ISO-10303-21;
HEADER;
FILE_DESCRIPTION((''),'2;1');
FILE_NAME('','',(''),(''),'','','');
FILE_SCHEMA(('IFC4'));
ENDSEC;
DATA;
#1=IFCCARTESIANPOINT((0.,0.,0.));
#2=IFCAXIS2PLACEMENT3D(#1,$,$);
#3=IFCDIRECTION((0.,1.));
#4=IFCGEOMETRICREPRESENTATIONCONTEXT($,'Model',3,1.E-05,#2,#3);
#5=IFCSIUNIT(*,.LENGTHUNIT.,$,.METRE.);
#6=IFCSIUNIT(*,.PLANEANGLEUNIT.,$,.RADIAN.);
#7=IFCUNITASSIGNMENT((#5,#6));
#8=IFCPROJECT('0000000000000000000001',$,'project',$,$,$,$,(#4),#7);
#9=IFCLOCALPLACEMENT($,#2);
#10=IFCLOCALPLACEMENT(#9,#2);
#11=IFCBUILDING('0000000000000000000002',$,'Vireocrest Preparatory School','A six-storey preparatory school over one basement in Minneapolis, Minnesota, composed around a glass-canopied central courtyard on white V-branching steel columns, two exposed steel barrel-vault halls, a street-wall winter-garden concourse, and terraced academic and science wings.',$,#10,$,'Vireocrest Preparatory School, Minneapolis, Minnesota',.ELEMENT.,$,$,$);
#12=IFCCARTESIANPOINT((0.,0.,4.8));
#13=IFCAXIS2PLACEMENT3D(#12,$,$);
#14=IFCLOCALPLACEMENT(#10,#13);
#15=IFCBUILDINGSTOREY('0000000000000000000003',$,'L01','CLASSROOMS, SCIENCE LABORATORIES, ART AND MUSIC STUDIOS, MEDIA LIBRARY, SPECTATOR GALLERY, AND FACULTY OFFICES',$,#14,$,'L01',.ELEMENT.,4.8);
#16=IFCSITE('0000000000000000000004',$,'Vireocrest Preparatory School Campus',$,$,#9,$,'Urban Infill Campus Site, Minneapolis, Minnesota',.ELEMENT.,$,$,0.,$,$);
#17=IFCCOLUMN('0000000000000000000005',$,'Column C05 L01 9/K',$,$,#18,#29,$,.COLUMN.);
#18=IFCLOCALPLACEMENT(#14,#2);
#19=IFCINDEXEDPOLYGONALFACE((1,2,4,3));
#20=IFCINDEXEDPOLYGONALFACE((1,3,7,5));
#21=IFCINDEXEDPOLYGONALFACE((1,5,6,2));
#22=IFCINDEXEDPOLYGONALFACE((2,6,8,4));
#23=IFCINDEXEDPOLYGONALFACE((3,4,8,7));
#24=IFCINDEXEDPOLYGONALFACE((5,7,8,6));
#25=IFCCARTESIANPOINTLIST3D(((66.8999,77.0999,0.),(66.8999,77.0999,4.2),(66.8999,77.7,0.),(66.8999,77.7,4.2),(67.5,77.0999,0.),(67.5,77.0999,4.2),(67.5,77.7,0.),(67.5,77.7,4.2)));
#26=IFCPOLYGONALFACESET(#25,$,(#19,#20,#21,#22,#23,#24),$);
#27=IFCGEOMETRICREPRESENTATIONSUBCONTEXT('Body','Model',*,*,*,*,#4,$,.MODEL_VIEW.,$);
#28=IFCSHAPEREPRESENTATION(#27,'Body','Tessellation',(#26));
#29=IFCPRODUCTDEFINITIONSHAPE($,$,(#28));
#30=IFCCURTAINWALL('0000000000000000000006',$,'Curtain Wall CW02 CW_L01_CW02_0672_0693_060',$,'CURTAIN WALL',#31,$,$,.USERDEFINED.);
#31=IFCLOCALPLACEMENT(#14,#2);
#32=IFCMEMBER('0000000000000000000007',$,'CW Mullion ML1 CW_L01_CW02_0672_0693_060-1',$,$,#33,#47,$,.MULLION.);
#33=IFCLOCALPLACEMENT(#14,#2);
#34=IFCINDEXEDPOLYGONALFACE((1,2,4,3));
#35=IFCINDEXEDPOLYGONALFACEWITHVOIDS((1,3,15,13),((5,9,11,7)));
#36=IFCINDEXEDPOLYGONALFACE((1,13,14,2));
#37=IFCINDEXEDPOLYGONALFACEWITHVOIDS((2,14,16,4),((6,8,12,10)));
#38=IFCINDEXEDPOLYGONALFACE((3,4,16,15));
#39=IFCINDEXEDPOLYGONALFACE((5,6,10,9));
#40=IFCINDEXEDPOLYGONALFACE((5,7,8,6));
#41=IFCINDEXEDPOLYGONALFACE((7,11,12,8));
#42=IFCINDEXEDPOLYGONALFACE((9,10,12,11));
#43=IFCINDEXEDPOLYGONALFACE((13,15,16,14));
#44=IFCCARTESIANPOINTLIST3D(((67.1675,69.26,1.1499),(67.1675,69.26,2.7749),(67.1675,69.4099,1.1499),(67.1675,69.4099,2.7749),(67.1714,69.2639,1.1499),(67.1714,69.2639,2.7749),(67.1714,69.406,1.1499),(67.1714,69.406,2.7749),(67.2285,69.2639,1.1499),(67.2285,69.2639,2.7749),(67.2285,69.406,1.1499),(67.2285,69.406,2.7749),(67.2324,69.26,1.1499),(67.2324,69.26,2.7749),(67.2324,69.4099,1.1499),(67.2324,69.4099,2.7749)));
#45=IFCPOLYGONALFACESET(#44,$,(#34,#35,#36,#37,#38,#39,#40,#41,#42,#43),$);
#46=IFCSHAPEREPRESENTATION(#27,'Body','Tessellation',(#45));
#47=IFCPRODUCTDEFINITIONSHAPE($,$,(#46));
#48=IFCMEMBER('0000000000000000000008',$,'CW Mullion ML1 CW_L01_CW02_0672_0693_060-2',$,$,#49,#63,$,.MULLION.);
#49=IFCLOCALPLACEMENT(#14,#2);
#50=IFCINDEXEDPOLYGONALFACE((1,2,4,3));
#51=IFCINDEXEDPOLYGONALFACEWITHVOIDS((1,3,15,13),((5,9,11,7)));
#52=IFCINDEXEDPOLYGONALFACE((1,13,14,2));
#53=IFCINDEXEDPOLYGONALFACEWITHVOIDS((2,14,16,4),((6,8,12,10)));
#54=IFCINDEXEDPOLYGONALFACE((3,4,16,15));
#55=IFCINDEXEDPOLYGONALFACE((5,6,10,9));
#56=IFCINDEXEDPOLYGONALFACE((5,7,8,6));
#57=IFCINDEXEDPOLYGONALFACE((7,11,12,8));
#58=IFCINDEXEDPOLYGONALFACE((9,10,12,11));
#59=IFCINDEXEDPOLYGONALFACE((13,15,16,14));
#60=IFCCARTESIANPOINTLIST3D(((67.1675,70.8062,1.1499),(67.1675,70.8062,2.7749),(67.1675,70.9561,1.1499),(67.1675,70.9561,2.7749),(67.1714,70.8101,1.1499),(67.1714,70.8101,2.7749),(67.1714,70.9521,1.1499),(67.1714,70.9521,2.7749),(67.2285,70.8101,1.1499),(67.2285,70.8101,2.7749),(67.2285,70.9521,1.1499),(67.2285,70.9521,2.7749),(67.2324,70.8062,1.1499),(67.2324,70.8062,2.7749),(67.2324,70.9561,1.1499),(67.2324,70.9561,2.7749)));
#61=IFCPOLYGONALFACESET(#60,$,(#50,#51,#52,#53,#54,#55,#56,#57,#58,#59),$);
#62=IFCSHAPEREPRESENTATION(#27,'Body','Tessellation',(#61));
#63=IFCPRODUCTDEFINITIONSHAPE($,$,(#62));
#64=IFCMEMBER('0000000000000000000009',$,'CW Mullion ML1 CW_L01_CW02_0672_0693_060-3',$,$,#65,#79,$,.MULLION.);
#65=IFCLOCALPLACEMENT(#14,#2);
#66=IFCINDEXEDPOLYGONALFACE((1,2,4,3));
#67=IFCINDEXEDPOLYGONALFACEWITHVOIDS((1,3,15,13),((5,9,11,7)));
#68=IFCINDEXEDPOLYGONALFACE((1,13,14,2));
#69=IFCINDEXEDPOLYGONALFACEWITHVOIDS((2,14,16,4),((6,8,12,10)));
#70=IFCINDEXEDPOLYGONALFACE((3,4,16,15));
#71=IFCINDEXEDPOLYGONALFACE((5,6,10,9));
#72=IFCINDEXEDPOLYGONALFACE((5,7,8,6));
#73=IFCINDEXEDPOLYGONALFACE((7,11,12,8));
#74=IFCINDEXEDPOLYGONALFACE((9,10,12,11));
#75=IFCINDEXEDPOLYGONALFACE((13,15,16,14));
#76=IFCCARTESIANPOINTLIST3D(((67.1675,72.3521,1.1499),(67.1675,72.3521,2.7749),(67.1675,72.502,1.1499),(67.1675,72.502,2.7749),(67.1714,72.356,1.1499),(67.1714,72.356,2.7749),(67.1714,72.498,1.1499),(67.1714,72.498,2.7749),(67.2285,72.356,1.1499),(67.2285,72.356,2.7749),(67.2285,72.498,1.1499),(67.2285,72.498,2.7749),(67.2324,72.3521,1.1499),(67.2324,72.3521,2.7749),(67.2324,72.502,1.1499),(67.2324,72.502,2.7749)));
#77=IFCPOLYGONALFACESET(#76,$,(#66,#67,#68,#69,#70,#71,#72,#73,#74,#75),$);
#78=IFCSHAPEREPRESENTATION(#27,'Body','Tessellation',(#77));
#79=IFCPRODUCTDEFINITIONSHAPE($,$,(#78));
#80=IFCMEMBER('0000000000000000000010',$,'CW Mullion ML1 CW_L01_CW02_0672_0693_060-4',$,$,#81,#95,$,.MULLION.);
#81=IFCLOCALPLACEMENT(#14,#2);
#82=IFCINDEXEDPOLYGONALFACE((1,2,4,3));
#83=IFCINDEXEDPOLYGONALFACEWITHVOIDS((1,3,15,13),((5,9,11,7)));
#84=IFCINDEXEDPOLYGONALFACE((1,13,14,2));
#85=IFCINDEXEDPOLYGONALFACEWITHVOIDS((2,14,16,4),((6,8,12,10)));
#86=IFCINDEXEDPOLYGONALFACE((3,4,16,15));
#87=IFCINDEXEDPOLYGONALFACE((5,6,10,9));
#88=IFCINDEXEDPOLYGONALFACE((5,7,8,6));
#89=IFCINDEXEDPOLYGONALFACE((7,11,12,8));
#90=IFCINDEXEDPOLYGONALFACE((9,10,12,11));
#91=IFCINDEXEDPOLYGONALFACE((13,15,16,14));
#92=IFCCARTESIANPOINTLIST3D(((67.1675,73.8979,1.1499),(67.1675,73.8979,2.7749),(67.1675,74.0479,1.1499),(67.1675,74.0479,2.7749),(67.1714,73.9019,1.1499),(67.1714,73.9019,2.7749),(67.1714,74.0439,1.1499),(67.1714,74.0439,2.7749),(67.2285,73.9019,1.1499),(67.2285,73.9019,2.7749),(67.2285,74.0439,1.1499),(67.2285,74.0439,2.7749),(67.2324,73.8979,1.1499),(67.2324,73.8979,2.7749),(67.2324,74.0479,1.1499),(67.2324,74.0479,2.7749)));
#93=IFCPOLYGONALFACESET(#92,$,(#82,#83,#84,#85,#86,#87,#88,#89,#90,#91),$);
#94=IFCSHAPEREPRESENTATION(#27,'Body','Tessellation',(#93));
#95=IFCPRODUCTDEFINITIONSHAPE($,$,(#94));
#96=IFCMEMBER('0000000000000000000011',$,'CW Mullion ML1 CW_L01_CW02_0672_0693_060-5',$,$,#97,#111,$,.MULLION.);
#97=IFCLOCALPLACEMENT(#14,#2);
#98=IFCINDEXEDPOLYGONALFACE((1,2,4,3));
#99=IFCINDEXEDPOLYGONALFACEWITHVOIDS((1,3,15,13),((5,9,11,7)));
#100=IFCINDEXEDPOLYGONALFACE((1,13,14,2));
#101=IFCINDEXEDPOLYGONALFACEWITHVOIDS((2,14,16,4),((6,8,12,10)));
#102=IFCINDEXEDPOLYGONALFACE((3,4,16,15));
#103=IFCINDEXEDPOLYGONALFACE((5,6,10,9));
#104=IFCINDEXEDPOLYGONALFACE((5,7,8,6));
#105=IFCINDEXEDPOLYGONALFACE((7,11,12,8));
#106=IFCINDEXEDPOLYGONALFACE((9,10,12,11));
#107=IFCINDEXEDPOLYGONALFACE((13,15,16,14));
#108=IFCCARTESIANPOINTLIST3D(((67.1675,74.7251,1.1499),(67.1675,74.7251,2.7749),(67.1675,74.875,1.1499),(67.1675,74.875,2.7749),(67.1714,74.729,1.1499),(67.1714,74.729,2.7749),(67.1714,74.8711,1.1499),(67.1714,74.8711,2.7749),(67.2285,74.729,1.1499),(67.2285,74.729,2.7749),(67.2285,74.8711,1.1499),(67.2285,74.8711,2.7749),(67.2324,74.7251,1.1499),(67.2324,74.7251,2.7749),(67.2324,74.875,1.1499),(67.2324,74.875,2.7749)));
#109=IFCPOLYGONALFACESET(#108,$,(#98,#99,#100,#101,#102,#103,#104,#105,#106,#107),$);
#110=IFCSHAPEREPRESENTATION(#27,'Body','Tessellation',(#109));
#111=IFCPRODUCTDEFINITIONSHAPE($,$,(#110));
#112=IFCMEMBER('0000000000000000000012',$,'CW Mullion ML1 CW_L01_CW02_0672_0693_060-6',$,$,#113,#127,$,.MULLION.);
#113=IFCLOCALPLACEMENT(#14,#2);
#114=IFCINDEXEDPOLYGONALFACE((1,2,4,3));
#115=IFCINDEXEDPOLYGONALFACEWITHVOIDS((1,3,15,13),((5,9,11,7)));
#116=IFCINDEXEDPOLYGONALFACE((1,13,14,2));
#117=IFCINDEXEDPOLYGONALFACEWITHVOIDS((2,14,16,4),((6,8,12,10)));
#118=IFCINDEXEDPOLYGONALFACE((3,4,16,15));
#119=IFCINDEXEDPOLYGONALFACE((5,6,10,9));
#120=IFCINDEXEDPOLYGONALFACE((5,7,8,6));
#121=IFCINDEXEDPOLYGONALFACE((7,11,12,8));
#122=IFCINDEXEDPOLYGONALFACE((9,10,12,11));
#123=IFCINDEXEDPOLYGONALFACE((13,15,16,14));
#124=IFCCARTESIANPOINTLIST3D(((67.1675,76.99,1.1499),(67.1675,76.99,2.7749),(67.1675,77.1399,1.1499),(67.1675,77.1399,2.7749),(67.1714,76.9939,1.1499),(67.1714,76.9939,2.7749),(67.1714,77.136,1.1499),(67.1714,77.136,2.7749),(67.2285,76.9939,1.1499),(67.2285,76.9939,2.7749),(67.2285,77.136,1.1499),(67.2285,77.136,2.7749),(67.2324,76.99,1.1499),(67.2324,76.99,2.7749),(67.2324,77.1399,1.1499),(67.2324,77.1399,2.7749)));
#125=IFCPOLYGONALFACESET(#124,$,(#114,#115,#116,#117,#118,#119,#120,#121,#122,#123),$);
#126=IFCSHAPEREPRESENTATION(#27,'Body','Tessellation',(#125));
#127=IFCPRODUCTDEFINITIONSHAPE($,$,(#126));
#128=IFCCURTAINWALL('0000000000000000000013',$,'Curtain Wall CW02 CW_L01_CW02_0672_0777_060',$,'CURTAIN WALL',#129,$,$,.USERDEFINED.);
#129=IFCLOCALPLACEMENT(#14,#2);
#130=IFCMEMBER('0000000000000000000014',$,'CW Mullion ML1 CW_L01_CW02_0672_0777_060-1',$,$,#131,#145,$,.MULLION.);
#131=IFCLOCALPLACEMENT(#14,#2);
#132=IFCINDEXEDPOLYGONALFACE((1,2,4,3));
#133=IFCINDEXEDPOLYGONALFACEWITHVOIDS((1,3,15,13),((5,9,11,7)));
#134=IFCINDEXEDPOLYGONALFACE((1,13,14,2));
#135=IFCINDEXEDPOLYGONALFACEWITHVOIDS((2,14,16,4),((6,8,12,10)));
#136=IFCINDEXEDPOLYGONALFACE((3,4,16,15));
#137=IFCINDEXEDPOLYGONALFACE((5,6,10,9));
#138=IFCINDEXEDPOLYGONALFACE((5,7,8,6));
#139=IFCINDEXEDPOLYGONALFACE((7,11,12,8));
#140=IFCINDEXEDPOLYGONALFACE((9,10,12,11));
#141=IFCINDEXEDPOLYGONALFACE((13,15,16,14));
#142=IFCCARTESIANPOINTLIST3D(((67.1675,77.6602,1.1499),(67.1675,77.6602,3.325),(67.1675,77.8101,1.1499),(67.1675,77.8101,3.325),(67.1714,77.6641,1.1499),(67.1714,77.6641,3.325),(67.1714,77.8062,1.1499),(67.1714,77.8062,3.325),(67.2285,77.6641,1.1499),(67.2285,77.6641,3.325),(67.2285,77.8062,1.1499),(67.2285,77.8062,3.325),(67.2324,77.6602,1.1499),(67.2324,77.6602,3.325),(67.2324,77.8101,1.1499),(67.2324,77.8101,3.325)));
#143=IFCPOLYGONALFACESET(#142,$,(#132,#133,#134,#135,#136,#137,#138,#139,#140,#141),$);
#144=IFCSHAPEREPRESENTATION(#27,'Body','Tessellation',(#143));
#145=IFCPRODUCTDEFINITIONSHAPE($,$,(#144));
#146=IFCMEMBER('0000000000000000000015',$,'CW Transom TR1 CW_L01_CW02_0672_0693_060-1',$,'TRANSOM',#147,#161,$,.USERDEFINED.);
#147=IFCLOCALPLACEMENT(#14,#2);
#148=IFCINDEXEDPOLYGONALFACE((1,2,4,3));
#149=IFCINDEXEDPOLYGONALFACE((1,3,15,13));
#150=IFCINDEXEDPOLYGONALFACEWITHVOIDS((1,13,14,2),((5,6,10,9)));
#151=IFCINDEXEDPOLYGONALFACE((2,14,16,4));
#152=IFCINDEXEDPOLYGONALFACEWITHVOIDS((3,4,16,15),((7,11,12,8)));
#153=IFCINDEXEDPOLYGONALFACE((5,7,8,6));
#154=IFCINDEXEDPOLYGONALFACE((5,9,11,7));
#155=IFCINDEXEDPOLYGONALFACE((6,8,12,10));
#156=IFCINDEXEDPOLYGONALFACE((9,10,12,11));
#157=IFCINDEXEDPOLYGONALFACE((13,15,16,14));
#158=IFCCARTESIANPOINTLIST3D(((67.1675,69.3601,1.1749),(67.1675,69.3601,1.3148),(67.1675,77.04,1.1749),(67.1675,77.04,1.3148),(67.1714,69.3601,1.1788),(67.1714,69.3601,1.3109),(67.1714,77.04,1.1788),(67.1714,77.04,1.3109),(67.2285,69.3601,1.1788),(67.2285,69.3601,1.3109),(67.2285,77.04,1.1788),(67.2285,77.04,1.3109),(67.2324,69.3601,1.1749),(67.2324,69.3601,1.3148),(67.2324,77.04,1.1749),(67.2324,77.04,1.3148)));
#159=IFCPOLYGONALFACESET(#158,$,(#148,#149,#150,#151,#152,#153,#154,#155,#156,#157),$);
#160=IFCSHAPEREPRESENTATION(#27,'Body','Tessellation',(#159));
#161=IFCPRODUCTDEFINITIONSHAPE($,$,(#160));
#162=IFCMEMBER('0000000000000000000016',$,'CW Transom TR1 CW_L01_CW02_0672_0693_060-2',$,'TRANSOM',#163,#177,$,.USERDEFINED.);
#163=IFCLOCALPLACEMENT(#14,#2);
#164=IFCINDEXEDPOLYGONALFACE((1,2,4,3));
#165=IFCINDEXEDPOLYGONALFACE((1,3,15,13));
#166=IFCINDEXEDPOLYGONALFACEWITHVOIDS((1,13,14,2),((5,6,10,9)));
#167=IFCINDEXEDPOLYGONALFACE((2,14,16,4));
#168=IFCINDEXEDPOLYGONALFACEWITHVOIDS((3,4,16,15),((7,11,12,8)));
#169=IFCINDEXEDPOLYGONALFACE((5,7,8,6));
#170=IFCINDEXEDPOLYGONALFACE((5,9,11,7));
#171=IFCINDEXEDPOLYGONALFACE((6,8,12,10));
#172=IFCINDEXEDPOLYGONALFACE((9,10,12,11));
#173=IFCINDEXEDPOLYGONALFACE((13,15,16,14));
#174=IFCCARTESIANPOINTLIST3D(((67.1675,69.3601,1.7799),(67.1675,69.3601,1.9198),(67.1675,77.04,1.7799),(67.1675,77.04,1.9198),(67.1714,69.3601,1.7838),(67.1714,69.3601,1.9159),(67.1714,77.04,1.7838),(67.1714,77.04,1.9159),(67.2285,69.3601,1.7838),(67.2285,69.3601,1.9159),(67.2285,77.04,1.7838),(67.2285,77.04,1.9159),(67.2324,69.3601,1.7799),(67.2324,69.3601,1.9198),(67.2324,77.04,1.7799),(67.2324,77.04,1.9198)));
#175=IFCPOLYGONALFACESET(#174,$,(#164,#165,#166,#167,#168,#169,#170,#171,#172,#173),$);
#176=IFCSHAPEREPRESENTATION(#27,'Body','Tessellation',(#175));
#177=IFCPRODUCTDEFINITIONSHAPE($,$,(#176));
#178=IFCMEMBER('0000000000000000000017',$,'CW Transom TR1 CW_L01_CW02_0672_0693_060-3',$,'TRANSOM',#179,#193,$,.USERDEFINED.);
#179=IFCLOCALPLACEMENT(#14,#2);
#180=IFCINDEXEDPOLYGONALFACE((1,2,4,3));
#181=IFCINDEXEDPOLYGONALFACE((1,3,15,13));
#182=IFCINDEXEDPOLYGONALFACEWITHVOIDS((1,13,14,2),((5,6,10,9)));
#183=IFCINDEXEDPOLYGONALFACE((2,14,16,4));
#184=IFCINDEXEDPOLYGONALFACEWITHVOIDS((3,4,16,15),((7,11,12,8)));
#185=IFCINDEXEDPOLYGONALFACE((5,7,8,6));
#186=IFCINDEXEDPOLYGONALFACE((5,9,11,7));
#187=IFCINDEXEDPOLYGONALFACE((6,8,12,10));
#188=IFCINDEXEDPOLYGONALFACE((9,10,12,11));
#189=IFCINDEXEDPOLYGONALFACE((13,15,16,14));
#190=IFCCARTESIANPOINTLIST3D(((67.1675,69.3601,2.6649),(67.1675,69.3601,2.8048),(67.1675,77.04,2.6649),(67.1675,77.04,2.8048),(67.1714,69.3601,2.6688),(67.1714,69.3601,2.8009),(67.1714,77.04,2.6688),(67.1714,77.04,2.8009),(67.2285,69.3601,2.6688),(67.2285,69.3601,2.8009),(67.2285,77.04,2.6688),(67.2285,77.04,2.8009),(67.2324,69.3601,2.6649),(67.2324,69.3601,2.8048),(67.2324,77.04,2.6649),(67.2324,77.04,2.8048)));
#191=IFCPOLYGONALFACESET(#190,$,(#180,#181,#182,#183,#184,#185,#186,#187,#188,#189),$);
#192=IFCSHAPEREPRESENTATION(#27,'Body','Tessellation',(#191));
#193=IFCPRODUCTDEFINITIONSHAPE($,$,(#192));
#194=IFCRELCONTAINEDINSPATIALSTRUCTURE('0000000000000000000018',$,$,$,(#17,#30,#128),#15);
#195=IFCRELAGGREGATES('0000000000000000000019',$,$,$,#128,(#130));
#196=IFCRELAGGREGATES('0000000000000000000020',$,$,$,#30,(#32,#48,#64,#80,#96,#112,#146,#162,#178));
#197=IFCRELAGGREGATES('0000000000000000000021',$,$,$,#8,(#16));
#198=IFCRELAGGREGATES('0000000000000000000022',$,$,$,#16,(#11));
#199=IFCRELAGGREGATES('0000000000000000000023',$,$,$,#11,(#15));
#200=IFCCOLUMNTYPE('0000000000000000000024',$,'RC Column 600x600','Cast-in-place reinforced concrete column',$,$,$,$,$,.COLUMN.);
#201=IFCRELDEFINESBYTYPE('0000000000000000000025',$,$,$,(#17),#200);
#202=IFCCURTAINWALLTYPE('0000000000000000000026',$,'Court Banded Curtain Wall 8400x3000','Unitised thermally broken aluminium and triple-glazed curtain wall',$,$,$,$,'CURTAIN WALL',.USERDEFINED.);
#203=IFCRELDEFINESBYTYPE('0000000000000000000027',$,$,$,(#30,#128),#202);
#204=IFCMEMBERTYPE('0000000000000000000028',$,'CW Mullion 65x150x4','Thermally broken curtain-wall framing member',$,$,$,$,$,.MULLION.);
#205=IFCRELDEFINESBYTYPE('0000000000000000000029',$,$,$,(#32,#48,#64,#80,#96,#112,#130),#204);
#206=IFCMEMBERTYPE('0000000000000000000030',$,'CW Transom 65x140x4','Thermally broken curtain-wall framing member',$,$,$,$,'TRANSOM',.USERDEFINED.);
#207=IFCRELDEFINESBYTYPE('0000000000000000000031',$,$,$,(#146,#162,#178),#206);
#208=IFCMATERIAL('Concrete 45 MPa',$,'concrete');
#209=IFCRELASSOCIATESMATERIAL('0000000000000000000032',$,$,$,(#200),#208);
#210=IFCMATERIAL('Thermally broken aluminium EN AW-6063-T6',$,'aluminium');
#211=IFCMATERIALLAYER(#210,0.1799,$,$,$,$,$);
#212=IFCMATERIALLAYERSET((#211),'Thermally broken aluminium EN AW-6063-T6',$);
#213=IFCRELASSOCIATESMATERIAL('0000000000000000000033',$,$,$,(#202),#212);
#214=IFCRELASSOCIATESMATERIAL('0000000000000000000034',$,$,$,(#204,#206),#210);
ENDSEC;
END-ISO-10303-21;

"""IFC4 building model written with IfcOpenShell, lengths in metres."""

from ifc_helpers import new_model, si_unit, direction, frame, origin, origin_2d, place, context, subcontext, project, spatial, rectangle, hollow_rectangle, extrude, material, layer, layer_set, material_profile, profile_set, type_object, element, aggregate, save


model = new_model("IFC4")

# Units and contexts
model_context = context("Model", 3, precision=1e-05, world=origin(), true_north=direction((0.0, 1.0)))
body_context = subcontext(model_context, "Body", "Model", "MODEL_VIEW")
ifc_project = project(units=[si_unit("LENGTHUNIT", "METRE"), si_unit("PLANEANGLEUNIT", "RADIAN")], contexts=[model_context])

# Site, building, storey
site_placement = place(None, origin())
site = spatial("IfcSite", under=ifc_project, at=site_placement, Name="Vireocrest Preparatory School Campus", LongName="Urban Infill Campus Site, Minneapolis, Minnesota", CompositionType="ELEMENT", RefElevation=0.0)
building_placement = place(site_placement, origin())
building = spatial("IfcBuilding", under=site, at=building_placement, Name="Vireocrest Preparatory School", Description="A six-storey preparatory school over one basement in Minneapolis, Minnesota, composed around a glass-canopied central courtyard on white V-branching steel columns, two exposed steel barrel-vault halls, a street-wall winter-garden concourse, and terraced academic and science wings.", LongName="Vireocrest Preparatory School, Minneapolis, Minnesota", CompositionType="ELEMENT")
storey_placement = place(building_placement, frame((0.0, 0.0, 4.8)))
storey = spatial("IfcBuildingStorey", under=building, at=storey_placement, Name="L01", Description="CLASSROOMS, SCIENCE LABORATORIES, ART AND MUSIC STUDIOS, MEDIA LIBRARY, SPECTATOR GALLERY, AND FACULTY OFFICES", LongName="L01", CompositionType="ELEMENT", Elevation=4.8)

# Column
ifc_material_1 = material(Name="Concrete 45 MPa", Category="concrete")
ifc_material_profile_1 = material_profile(ifc_material_1, rectangle(XDim=0.6001, YDim=0.6001, at=origin_2d()), Name="RC 600x600")
ifc_profile_set_1 = profile_set([ifc_material_profile_1], Name="Concrete 45 MPa")
column_type = type_object("IfcColumnType", Name="RC Column 600x600", Description="Cast-in-place reinforced concrete column", PredefinedType="COLUMN", material=ifc_profile_set_1)
column_placement = place(storey_placement, frame((67.2, 77.3999, 0.0), z_axis=(0.0, 0.0, 1.0), x_axis=(1.0, 0.0, 0.0)))
element("IfcColumn", 1, at=column_placement, inside=storey, type_object=column_type, Name="Column C05 L01 9/K", PredefinedType="COLUMN", context=body_context, shape_type="SweptSolid", body=[
    extrude(rectangle(XDim=0.6001, YDim=0.6001, at=origin_2d()), origin(), (0.0, 0.0, 1.0), 4.2),
])

# Curtain wall, members
ifc_material_2 = material(Name="Thermally broken aluminium EN AW-6063-T6", Category="aluminium")
ifc_layer_1 = layer(ifc_material_2, 0.1799)
ifc_layer_set_1 = layer_set([ifc_layer_1], Name="Thermally broken aluminium EN AW-6063-T6")
curtain_wall_type = type_object("IfcCurtainWallType", Name="Court Banded Curtain Wall 8400x3000", Description="Unitised thermally broken aluminium and triple-glazed curtain wall", ElementType="CURTAIN WALL", PredefinedType="USERDEFINED", material=ifc_layer_set_1)
curtain_wall_1_placement = place(storey_placement, origin())
curtain_wall_1 = element("IfcCurtainWall", 2, at=curtain_wall_1_placement, inside=storey, type_object=curtain_wall_type, Name="Curtain Wall CW02 CW_L01_CW02_0672_0693_060", ObjectType="CURTAIN WALL", PredefinedType="USERDEFINED")
ifc_material_profile_2 = material_profile(ifc_material_2, hollow_rectangle(XDim=0.0649, YDim=0.1499, WallThickness=0.0039, at=origin_2d()), Name="ALU 65x150x4")
ifc_profile_set_2 = profile_set([ifc_material_profile_2], Name="Thermally broken aluminium EN AW-6063-T6")
member_type_1 = type_object("IfcMemberType", Name="CW Mullion 65x150x4", Description="Thermally broken curtain-wall framing member", PredefinedType="MULLION", material=ifc_profile_set_2)
member_1_placement = place(storey_placement, frame((67.2, 69.335, 1.1499), z_axis=(0.0, 0.0, 1.0), x_axis=(1.0, 0.0, 0.0)))
member_1 = element("IfcMember", 3, at=member_1_placement, type_object=member_type_1, Name="CW Mullion ML1 CW_L01_CW02_0672_0693_060-1", PredefinedType="MULLION", context=body_context, shape_type="SweptSolid", body=[
    extrude(hollow_rectangle(XDim=0.0649, YDim=0.1499, WallThickness=0.0039, at=origin_2d()), origin(), (0.0, 0.0, 1.0), 1.625),
])
member_2_placement = place(storey_placement, frame((67.2, 70.8811, 1.1499), z_axis=(0.0, 0.0, 1.0), x_axis=(1.0, 0.0, 0.0)))
member_2 = element("IfcMember", 4, at=member_2_placement, type_object=member_type_1, Name="CW Mullion ML1 CW_L01_CW02_0672_0693_060-2", PredefinedType="MULLION", context=body_context, shape_type="SweptSolid", body=[
    extrude(hollow_rectangle(XDim=0.0649, YDim=0.1499, WallThickness=0.0039, at=origin_2d()), origin(), (0.0, 0.0, 1.0), 1.625),
])
member_3_placement = place(storey_placement, frame((67.2, 72.427, 1.1499), z_axis=(0.0, 0.0, 1.0), x_axis=(1.0, 0.0, 0.0)))
member_3 = element("IfcMember", 5, at=member_3_placement, type_object=member_type_1, Name="CW Mullion ML1 CW_L01_CW02_0672_0693_060-3", PredefinedType="MULLION", context=body_context, shape_type="SweptSolid", body=[
    extrude(hollow_rectangle(XDim=0.0649, YDim=0.1499, WallThickness=0.0039, at=origin_2d()), origin(), (0.0, 0.0, 1.0), 1.625),
])
member_4_placement = place(storey_placement, frame((67.2, 73.9729, 1.1499), z_axis=(0.0, 0.0, 1.0), x_axis=(1.0, 0.0, 0.0)))
member_4 = element("IfcMember", 6, at=member_4_placement, type_object=member_type_1, Name="CW Mullion ML1 CW_L01_CW02_0672_0693_060-4", PredefinedType="MULLION", context=body_context, shape_type="SweptSolid", body=[
    extrude(hollow_rectangle(XDim=0.0649, YDim=0.1499, WallThickness=0.0039, at=origin_2d()), origin(), (0.0, 0.0, 1.0), 1.625),
])
member_5_placement = place(storey_placement, frame((67.2, 74.8, 1.1499), z_axis=(0.0, 0.0, 1.0), x_axis=(1.0, 0.0, 0.0)))
member_5 = element("IfcMember", 7, at=member_5_placement, type_object=member_type_1, Name="CW Mullion ML1 CW_L01_CW02_0672_0693_060-5", PredefinedType="MULLION", context=body_context, shape_type="SweptSolid", body=[
    extrude(hollow_rectangle(XDim=0.0649, YDim=0.1499, WallThickness=0.0039, at=origin_2d()), origin(), (0.0, 0.0, 1.0), 1.625),
])
member_6_placement = place(storey_placement, frame((67.2, 77.0649, 1.1499), z_axis=(0.0, 0.0, 1.0), x_axis=(1.0, 0.0, 0.0)))
member_6 = element("IfcMember", 8, at=member_6_placement, type_object=member_type_1, Name="CW Mullion ML1 CW_L01_CW02_0672_0693_060-6", PredefinedType="MULLION", context=body_context, shape_type="SweptSolid", body=[
    extrude(hollow_rectangle(XDim=0.0649, YDim=0.1499, WallThickness=0.0039, at=origin_2d()), origin(), (0.0, 0.0, 1.0), 1.625),
])

# Curtain wall, member
curtain_wall_2_placement = place(storey_placement, origin())
curtain_wall_2 = element("IfcCurtainWall", 9, at=curtain_wall_2_placement, inside=storey, type_object=curtain_wall_type, Name="Curtain Wall CW02 CW_L01_CW02_0672_0777_060", ObjectType="CURTAIN WALL", PredefinedType="USERDEFINED")
member_7_placement = place(storey_placement, frame((67.2, 77.7351, 1.1499), z_axis=(0.0, 0.0, 1.0), x_axis=(1.0, 0.0, 0.0)))
member_7 = element("IfcMember", 10, at=member_7_placement, type_object=member_type_1, Name="CW Mullion ML1 CW_L01_CW02_0672_0777_060-1", PredefinedType="MULLION", context=body_context, shape_type="SweptSolid", body=[
    extrude(hollow_rectangle(XDim=0.0649, YDim=0.1499, WallThickness=0.0039, at=origin_2d()), origin(), (0.0, 0.0, 1.0), 2.175),
])

# Members
ifc_material_profile_3 = material_profile(ifc_material_2, hollow_rectangle(XDim=0.0649, YDim=0.1399, WallThickness=0.0039, at=origin_2d()), Name="ALU 65x140x4")
ifc_profile_set_3 = profile_set([ifc_material_profile_3], Name="Thermally broken aluminium EN AW-6063-T6")
member_type_2 = type_object("IfcMemberType", Name="CW Transom 65x140x4", Description="Thermally broken curtain-wall framing member", ElementType="TRANSOM", PredefinedType="USERDEFINED", material=ifc_profile_set_3)
member_8_placement = place(storey_placement, frame((67.2, 69.3601, 1.2449), z_axis=(0.0, 1.0, 0.0), x_axis=(-1.0, 0.0, 0.0)))
member_8 = element("IfcMember", 11, at=member_8_placement, type_object=member_type_2, Name="CW Transom TR1 CW_L01_CW02_0672_0693_060-1", ObjectType="TRANSOM", PredefinedType="USERDEFINED", context=body_context, shape_type="SweptSolid", body=[
    extrude(hollow_rectangle(XDim=0.0649, YDim=0.1399, WallThickness=0.0039, at=origin_2d()), origin(), (0.0, 0.0, 1.0), 7.6799),
])
member_9_placement = place(storey_placement, frame((67.2, 69.3601, 1.8499), z_axis=(0.0, 1.0, 0.0), x_axis=(-1.0, 0.0, 0.0)))
member_9 = element("IfcMember", 12, at=member_9_placement, type_object=member_type_2, Name="CW Transom TR1 CW_L01_CW02_0672_0693_060-2", ObjectType="TRANSOM", PredefinedType="USERDEFINED", context=body_context, shape_type="SweptSolid", body=[
    extrude(hollow_rectangle(XDim=0.0649, YDim=0.1399, WallThickness=0.0039, at=origin_2d()), origin(), (0.0, 0.0, 1.0), 7.6799),
])
member_10_placement = place(storey_placement, frame((67.2, 69.3601, 2.7349), z_axis=(0.0, 1.0, 0.0), x_axis=(-1.0, 0.0, 0.0)))
member_10 = element("IfcMember", 13, at=member_10_placement, type_object=member_type_2, Name="CW Transom TR1 CW_L01_CW02_0672_0693_060-3", ObjectType="TRANSOM", PredefinedType="USERDEFINED", context=body_context, shape_type="SweptSolid", body=[
    extrude(hollow_rectangle(XDim=0.0649, YDim=0.1399, WallThickness=0.0039, at=origin_2d()), origin(), (0.0, 0.0, 1.0), 7.6799),
])
aggregate(curtain_wall_2, [member_7])

aggregate(curtain_wall_1, [member_1, member_2, member_3, member_4, member_5, member_6, member_8, member_9, member_10])

save(model, "model.ifc")
